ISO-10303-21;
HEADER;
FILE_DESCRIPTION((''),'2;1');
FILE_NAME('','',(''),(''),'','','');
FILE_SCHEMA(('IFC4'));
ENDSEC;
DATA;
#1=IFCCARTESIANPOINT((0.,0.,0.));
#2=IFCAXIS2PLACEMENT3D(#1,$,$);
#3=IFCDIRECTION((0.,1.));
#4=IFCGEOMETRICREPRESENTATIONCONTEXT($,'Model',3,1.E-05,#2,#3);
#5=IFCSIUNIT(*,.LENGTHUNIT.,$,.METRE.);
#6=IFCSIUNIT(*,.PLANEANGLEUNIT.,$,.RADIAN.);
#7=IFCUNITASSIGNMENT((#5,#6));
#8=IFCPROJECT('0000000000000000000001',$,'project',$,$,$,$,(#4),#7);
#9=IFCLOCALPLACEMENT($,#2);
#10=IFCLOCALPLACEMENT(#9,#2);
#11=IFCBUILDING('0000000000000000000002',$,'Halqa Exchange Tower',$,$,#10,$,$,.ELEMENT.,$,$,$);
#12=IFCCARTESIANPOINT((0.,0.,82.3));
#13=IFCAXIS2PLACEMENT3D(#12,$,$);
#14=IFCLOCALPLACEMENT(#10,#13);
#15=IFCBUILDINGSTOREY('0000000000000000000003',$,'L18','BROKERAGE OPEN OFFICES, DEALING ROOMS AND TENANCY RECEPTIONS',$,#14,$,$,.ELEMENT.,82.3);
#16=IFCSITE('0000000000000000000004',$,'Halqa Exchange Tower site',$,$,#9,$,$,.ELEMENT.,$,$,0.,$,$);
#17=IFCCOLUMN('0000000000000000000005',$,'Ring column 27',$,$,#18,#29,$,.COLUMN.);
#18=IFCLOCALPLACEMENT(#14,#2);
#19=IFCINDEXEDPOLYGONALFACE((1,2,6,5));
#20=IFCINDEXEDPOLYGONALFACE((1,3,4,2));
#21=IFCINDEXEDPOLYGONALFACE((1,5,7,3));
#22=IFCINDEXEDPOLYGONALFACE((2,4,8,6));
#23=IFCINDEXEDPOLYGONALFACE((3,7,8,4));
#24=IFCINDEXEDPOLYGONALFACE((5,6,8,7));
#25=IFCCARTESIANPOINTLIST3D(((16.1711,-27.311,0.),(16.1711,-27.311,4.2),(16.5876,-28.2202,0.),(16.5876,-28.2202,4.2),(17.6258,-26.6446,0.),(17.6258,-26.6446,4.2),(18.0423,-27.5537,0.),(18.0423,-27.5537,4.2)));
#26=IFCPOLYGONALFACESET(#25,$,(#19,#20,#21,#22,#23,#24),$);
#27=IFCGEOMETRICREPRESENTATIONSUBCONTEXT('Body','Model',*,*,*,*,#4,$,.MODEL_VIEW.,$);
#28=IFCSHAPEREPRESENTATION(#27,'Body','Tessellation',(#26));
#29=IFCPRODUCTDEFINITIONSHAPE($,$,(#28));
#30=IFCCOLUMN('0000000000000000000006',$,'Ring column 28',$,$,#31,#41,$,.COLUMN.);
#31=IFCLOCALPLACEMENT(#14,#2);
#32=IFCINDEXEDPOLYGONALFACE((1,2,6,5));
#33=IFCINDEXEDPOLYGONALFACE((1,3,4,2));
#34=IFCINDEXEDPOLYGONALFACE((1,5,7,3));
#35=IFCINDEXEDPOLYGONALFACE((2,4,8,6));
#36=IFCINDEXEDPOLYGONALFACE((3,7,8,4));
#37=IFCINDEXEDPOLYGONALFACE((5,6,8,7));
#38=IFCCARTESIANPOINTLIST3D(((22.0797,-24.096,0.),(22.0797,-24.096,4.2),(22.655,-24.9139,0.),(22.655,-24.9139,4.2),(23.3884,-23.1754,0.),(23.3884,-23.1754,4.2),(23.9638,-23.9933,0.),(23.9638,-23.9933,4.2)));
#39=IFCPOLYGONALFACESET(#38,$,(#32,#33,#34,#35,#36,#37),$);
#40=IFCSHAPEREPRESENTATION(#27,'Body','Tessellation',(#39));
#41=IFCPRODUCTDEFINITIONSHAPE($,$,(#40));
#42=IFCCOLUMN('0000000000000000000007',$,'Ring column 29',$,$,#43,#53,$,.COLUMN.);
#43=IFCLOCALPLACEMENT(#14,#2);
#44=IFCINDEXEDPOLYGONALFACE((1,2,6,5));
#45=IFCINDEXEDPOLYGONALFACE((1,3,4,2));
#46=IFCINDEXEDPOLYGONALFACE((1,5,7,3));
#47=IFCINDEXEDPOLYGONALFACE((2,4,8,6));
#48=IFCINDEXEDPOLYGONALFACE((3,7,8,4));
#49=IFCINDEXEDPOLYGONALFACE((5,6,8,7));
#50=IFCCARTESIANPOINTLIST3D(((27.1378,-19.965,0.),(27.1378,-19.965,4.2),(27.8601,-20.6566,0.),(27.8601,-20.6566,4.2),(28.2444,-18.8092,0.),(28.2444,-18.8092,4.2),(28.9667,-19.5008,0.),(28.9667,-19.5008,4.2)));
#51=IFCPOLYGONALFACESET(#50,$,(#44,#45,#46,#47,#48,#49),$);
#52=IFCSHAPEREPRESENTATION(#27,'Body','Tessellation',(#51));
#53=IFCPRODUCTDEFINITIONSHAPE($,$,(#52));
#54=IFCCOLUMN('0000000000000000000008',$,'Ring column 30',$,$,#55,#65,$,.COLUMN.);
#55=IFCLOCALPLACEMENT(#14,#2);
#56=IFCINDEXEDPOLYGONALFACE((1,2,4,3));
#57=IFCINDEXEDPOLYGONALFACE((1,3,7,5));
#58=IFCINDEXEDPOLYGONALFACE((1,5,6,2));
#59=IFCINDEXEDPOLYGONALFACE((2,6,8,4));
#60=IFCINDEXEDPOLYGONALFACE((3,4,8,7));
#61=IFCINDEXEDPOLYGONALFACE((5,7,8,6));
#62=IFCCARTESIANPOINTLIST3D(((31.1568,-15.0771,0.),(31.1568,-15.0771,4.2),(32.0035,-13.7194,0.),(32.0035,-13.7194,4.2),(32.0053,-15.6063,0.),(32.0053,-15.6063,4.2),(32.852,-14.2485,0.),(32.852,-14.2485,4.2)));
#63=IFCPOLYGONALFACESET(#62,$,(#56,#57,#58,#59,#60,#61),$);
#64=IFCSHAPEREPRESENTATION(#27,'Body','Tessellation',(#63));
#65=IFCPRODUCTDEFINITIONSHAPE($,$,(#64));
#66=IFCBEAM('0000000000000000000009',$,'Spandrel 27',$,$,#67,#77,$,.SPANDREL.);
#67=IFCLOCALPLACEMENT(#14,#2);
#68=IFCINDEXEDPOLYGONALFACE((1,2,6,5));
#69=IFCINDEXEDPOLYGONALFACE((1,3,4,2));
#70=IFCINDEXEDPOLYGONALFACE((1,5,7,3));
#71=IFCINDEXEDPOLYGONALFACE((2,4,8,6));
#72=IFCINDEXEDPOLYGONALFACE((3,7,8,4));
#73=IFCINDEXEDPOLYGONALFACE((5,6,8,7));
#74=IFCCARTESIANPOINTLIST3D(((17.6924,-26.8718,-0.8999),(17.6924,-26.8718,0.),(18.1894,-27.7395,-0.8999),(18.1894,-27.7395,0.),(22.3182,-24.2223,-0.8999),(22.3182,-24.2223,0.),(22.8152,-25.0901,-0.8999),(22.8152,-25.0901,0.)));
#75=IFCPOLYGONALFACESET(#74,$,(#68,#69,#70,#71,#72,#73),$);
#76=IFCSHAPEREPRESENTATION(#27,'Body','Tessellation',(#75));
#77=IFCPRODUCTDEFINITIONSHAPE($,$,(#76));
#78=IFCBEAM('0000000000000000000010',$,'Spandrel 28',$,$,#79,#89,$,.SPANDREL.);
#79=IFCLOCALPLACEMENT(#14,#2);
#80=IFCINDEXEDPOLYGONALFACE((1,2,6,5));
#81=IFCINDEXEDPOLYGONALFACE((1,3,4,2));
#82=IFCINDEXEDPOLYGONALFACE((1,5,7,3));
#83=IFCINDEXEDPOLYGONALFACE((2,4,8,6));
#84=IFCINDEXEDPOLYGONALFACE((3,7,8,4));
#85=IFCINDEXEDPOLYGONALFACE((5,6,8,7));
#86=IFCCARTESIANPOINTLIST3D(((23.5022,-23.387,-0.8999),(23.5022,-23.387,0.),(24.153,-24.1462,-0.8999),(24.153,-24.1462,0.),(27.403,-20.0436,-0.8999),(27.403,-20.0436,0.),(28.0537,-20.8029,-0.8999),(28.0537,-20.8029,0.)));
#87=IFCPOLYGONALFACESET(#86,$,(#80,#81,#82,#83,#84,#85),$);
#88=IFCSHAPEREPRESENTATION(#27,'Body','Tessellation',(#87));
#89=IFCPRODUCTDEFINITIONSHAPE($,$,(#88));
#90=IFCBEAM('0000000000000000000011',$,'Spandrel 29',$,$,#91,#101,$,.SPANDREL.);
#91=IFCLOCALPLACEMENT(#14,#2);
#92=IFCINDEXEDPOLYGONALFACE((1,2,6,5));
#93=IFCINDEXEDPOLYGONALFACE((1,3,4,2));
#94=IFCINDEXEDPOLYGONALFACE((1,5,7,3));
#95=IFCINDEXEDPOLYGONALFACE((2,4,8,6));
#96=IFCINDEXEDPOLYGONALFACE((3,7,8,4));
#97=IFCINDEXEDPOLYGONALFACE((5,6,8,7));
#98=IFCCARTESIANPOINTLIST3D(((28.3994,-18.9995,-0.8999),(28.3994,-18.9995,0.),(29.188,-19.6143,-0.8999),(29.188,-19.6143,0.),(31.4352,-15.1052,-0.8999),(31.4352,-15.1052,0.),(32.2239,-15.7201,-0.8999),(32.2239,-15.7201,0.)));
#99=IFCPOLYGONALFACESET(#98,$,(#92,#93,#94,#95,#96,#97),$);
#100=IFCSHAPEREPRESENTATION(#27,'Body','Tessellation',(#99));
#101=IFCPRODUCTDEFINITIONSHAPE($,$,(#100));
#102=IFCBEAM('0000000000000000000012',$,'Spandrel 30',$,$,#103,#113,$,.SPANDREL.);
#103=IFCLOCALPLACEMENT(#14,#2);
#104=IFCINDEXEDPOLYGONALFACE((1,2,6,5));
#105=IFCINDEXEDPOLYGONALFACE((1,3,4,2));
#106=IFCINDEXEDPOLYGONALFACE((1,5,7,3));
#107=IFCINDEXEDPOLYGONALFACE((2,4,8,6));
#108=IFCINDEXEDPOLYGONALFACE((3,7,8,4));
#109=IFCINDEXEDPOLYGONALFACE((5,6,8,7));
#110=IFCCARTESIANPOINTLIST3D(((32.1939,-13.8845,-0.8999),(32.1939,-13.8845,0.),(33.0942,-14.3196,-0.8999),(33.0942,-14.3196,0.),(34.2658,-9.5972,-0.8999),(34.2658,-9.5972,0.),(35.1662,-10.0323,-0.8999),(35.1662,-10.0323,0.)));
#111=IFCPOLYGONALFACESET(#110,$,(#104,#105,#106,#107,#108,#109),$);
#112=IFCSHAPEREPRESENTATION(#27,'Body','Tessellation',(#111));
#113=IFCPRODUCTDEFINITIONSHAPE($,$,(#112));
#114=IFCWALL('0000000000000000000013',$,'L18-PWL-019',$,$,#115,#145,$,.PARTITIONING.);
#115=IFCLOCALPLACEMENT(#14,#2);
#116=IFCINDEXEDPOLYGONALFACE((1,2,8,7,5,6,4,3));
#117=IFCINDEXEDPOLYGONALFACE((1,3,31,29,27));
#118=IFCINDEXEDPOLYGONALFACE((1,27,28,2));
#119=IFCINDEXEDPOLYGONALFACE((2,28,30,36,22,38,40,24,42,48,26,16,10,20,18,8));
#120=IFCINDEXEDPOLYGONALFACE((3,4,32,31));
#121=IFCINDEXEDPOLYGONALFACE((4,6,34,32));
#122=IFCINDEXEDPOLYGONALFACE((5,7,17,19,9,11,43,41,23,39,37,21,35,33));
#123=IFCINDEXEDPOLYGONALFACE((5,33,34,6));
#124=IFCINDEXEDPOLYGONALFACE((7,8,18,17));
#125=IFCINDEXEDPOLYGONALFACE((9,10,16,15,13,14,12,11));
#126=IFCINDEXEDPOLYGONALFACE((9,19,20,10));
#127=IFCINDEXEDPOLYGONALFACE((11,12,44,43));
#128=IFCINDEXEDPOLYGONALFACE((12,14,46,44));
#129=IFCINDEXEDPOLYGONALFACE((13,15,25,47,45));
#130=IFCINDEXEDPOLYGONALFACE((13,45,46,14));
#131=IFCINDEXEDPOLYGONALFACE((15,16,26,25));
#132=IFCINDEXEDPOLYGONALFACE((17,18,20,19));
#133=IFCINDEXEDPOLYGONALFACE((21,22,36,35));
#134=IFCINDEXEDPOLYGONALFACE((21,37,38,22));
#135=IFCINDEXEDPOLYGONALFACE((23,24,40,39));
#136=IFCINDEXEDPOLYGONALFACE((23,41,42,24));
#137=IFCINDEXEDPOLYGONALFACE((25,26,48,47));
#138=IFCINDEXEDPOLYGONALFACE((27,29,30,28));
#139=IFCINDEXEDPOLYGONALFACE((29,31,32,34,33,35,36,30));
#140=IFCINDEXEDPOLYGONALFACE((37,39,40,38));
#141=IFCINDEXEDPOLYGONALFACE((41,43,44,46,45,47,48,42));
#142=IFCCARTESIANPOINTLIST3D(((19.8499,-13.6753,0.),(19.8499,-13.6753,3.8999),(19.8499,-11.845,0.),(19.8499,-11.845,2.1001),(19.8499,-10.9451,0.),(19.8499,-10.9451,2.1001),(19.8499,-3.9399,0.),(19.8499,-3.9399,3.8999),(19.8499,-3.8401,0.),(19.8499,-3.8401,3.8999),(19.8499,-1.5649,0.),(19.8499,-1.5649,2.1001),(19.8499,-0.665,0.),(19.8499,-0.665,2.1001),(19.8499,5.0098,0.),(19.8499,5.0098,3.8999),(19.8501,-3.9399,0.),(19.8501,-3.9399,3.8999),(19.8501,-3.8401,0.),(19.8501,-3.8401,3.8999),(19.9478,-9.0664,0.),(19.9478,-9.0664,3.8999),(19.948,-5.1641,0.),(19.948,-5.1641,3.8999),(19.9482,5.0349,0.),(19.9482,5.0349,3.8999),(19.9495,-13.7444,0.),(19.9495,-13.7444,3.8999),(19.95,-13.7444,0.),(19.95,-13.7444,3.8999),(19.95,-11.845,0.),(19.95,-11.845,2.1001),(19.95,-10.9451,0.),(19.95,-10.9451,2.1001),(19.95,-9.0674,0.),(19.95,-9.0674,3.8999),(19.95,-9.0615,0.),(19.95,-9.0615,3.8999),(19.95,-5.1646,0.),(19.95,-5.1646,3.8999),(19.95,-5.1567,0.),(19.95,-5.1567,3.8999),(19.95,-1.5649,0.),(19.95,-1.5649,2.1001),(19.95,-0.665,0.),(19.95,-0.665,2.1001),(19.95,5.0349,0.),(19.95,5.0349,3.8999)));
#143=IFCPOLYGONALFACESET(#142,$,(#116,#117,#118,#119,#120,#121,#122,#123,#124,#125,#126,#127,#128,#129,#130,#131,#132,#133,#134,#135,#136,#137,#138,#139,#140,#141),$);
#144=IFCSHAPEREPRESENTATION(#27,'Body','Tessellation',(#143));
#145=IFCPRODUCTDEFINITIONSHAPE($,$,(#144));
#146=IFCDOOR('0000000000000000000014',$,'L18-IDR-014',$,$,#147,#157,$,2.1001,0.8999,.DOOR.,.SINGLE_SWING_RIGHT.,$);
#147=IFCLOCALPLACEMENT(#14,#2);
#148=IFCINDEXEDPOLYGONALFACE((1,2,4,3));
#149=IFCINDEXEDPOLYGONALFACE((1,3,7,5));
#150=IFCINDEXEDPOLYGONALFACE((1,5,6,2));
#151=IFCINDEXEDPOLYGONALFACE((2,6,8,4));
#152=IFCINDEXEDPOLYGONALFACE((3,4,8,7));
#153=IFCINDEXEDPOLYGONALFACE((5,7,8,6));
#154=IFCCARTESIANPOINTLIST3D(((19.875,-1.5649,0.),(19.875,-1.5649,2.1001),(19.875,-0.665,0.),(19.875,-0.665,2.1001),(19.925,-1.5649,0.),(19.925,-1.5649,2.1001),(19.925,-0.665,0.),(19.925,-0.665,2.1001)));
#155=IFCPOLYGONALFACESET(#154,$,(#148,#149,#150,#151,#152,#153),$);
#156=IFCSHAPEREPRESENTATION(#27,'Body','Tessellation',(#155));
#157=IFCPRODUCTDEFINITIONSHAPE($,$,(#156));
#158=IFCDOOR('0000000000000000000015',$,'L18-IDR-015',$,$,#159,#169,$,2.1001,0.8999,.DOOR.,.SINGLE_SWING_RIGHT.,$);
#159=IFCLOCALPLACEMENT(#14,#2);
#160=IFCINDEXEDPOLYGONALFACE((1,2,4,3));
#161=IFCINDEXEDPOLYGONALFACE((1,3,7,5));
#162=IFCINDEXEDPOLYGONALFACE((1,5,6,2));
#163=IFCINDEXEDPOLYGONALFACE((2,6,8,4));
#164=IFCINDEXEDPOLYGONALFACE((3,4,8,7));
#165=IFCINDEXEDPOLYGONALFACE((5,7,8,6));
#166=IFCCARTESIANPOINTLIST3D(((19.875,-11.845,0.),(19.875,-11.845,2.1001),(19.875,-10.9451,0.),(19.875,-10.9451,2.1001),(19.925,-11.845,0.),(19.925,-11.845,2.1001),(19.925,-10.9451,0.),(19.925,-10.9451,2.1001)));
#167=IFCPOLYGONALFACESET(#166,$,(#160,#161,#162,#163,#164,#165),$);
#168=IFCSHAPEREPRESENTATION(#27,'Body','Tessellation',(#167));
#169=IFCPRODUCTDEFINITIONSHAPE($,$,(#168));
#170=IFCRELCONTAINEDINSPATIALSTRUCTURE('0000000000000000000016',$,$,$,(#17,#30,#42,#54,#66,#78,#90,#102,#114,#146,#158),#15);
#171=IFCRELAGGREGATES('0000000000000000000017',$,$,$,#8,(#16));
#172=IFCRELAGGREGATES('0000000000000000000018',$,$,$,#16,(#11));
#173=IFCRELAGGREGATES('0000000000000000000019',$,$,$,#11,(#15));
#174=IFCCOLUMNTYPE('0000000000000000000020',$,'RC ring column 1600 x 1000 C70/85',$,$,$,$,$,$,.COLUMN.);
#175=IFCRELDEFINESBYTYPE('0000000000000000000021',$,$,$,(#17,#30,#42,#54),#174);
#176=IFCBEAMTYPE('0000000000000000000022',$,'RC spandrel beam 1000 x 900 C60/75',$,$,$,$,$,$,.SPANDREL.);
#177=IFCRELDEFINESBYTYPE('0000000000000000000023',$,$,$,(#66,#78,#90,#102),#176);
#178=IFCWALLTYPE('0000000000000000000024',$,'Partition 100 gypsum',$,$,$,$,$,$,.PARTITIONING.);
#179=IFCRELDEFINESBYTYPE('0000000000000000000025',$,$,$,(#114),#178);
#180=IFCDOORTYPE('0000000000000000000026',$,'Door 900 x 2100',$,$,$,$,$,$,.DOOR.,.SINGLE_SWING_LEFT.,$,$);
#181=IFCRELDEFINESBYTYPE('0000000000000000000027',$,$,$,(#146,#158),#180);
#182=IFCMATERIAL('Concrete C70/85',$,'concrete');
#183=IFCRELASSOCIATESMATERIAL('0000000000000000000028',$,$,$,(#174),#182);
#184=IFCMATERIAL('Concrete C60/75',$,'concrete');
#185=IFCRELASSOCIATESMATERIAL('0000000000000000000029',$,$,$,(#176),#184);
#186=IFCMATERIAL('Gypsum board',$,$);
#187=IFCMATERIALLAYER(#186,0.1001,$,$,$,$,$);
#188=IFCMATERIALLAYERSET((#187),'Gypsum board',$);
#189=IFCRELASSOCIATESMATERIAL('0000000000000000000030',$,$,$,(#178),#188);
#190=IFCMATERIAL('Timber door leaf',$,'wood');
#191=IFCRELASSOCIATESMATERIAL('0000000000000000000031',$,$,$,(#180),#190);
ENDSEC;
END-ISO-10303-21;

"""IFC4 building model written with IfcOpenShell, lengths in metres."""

from ifc_helpers import new_model, si_unit, direction, frame, frame_2d, origin, origin_2d, place, context, subcontext, project, spatial, polyline, rectangle, outline, extrude, material, layer, layer_set, material_profile, profile_set, type_object, element, fill, save


model = new_model("IFC4")

# Units and contexts
model_context = context("Model", 3, precision=1e-05, world=origin(), true_north=direction((0.0, 1.0)))
body_context = subcontext(model_context, "Body", "Model", "MODEL_VIEW")
ifc_project = project(units=[si_unit("LENGTHUNIT", "METRE"), si_unit("PLANEANGLEUNIT", "RADIAN")], contexts=[model_context])

# Site, building, storey
site_placement = place(None, origin())
site = spatial("IfcSite", under=ifc_project, at=site_placement, Name="Halqa Exchange Tower site", CompositionType="ELEMENT", RefElevation=0.0)
building_placement = place(site_placement, origin())
building = spatial("IfcBuilding", under=site, at=building_placement, Name="Halqa Exchange Tower", CompositionType="ELEMENT")
storey_placement = place(building_placement, frame((0.0, 0.0, 82.3)))
storey = spatial("IfcBuildingStorey", under=building, at=storey_placement, Name="L18", Description="BROKERAGE OPEN OFFICES, DEALING ROOMS AND TENANCY RECEPTIONS", CompositionType="ELEMENT", Elevation=82.3)

# Columns
ifc_material_1 = material(Name="Concrete C70/85", Category="concrete")
ifc_material_profile_1 = material_profile(ifc_material_1, rectangle(XDim=1.6001, YDim=1.0, at=origin_2d()), Name="1600 x 1000")
ifc_profile_set_1 = profile_set([ifc_material_profile_1], Name="Concrete C70/85")
column_type = type_object("IfcColumnType", Name="RC ring column 1600 x 1000 C70/85", PredefinedType="COLUMN", material=ifc_profile_set_1)
for number, where, z_axis, x_axis, name in (
    (1, (17.1067, -27.4324, 0.0), (0.0, 0.0, 1.0), (0.909126, 0.41652, 0.0), "Ring column 27"),
    (2, (23.0217, -24.0447, 0.0), (0.0, 0.0, 1.0), (0.817909, 0.575348, 0.0), "Ring column 28"),
    (3, (28.0522, -19.7329, 0.0), (0.0, 0.0, 1.0), (0.691576, 0.722304, 0.0), "Ring column 29"),
    (4, (32.0044, -14.6628, 0.0), (0.0, 0.0, 1.0), (0.52914, 0.848534, 0.0), "Ring column 30"),
):
    element("IfcColumn", number, at=place(storey_placement, frame(where, z_axis=z_axis, x_axis=x_axis)), inside=storey, type_object=column_type, Name=name, PredefinedType="COLUMN", context=body_context, shape_type="SweptSolid", body=[
        extrude(rectangle(XDim=1.6001, YDim=1.0, at=origin_2d()), origin(), (0.0, 0.0, 1.0), 4.2),
    ])

# Beams
ifc_material_2 = material(Name="Concrete C60/75", Category="concrete")
ifc_material_profile_2 = material_profile(ifc_material_2, rectangle(XDim=1.0, YDim=0.8999, at=origin_2d()), Name="1000 x 900")
ifc_profile_set_2 = profile_set([ifc_material_profile_2], Name="Concrete C60/75")
beam_type = type_object("IfcBeamType", Name="RC spandrel beam 1000 x 900 C60/75", PredefinedType="SPANDREL", material=ifc_profile_set_2)
beam_1_placement = place(storey_placement, frame((17.9409, -27.3057, -0.45), z_axis=(0.867747, 0.497007, 0.0), x_axis=(-0.497007, 0.867747, 0.0)))
element("IfcBeam", 5, at=beam_1_placement, inside=storey, type_object=beam_type, Name="Spandrel 27", PredefinedType="SPANDREL", context=body_context, shape_type="SweptSolid", body=[
    extrude(rectangle(XDim=1.0, YDim=0.8999, at=origin_2d()), origin(), (0.0, 0.0, 1.0), 5.3308),
])
beam_2_placement = place(storey_placement, frame((23.8276, -23.7666, -0.45), z_axis=(0.75927, 0.650776, 0.0), x_axis=(-0.650776, 0.75927, 0.0)))
element("IfcBeam", 6, at=beam_2_placement, inside=storey, type_object=beam_type, Name="Spandrel 28", PredefinedType="SPANDREL", context=body_context, shape_type="SweptSolid", body=[
    extrude(rectangle(XDim=1.0, YDim=0.8999, at=origin_2d()), origin(), (0.0, 0.0, 1.0), 5.1375),
])
beam_3_placement = place(storey_placement, frame((28.7937, -19.3069, -0.45), z_axis=(0.614823, 0.788665, 0.0), x_axis=(-0.788665, 0.614823, 0.0)))
element("IfcBeam", 7, at=beam_3_placement, inside=storey, type_object=beam_type, Name="Spandrel 29", PredefinedType="SPANDREL", context=body_context, shape_type="SweptSolid", body=[
    extrude(rectangle(XDim=1.0, YDim=0.8999, at=origin_2d()), origin(), (0.0, 0.0, 1.0), 4.9377),
])
beam_4_placement = place(storey_placement, frame((32.644, -14.1021, -0.45), z_axis=(0.435135, 0.900365, 0.0), x_axis=(-0.900365, 0.435135, 0.0)))
element("IfcBeam", 8, at=beam_4_placement, inside=storey, type_object=beam_type, Name="Spandrel 30", PredefinedType="SPANDREL", context=body_context, shape_type="SweptSolid", body=[
    extrude(rectangle(XDim=1.0, YDim=0.8999, at=origin_2d()), origin(), (0.0, 0.0, 1.0), 4.7617),
])

# Wall, openings, doors
ifc_material_3 = material(Name="Gypsum board")
ifc_layer_1 = layer(ifc_material_3, 0.1001)
ifc_layer_set_1 = layer_set([ifc_layer_1], Name="Gypsum board")
wall_type_1 = type_object("IfcWallType", Name="Partition 100 gypsum", PredefinedType="PARTITIONING", material=ifc_layer_set_1)
wall_1_placement = place(storey_placement, frame((19.8999, -13.7444, 0.0), z_axis=(0.0, 0.0, 1.0), x_axis=(0.0, 1.0, 0.0)))
wall_1 = element("IfcWall", 9, at=wall_1_placement, inside=storey, type_object=wall_type_1, Name="L18-PWL-019", PredefinedType="PARTITIONING", context=body_context, shape_type="SweptSolid", body=[
    extrude(outline(polyline([(0.0, -0.05), (1.5591, -0.05), (3.1179, -0.05), (4.677, -0.05), (4.678, -0.0479), (4.6829, -0.05), (6.6313, -0.05), (8.5798, -0.05), (8.5803, -0.0481), (8.5876, -0.05), (10.2861, -0.05), (11.9849, -0.05), (13.6833, -0.05), (15.3821, -0.05), (17.0806, -0.05), (18.7793, -0.05), (18.7793, -0.0483), (18.7542, 0.05), (16.9841, 0.05), (15.2141, 0.05), (13.4443, 0.05), (11.6743, 0.05), (9.9043, 0.05), (9.9043, 0.0498), (9.8044, 0.0498), (9.8044, 0.05), (7.8574, 0.05), (5.9102, 0.05), (3.9631, 0.05), (2.0161, 0.05), (0.0691, 0.05), (0.0, -0.0496), (0.0, -0.05)])), origin(), (0.0, 0.0, 1.0), 3.8999),
])
opening_1_placement = place(wall_1_placement, frame((12.1794, 0.0, 0.0)))
opening_1 = element("IfcOpeningElement", 10, at=opening_1_placement, cuts=wall_1, PredefinedType="OPENING", context=body_context, shape_type="SweptSolid", body=[
    extrude(rectangle(XDim=0.8999, YDim=2.1001, at=frame_2d((0.45, 1.05))), frame((0.0, 0.062, 0.0), z_axis=(0.0, -1.0, 0.0), x_axis=(1.0, 0.0, 0.0)), (0.0, 0.0, 1.0), 0.124),
])
opening_2_placement = place(wall_1_placement, frame((1.8994, 0.0, 0.0)))
opening_2 = element("IfcOpeningElement", 11, at=opening_2_placement, cuts=wall_1, PredefinedType="OPENING", context=body_context, shape_type="SweptSolid", body=[
    extrude(rectangle(XDim=0.8999, YDim=2.1001, at=frame_2d((0.45, 1.05))), frame((0.0, 0.062, 0.0), z_axis=(0.0, -1.0, 0.0), x_axis=(1.0, 0.0, 0.0)), (0.0, 0.0, 1.0), 0.124),
])
ifc_material_4 = material(Name="Timber door leaf", Category="wood")
door_type_1 = type_object("IfcDoorType", Name="Door 900 x 2100", OperationType="SINGLE_SWING_LEFT", PredefinedType="DOOR", material=ifc_material_4)
door_1_placement = place(opening_1_placement, origin())
door_1 = element("IfcDoor", 12, at=door_1_placement, inside=storey, type_object=door_type_1, Name="L18-IDR-014", OperationType="SINGLE_SWING_RIGHT", OverallHeight=2.1001, OverallWidth=0.8999, PredefinedType="DOOR", context=body_context, shape_type="SweptSolid", body=[
    extrude(rectangle(XDim=0.8999, YDim=2.1001, at=frame_2d((0.45, 1.05))), frame((0.0, 0.0249, 0.0), z_axis=(0.0, -1.0, 0.0), x_axis=(1.0, 0.0, 0.0)), (0.0, 0.0, 1.0), 0.05),
])
fill(opening_1, door_1)
door_2_placement = place(opening_2_placement, origin())
door_2 = element("IfcDoor", 13, at=door_2_placement, inside=storey, type_object=door_type_1, Name="L18-IDR-015", OperationType="SINGLE_SWING_RIGHT", OverallHeight=2.1001, OverallWidth=0.8999, PredefinedType="DOOR", context=body_context, shape_type="SweptSolid", body=[
    extrude(rectangle(XDim=0.8999, YDim=2.1001, at=frame_2d((0.45, 1.05))), frame((0.0, 0.0249, 0.0), z_axis=(0.0, -1.0, 0.0), x_axis=(1.0, 0.0, 0.0)), (0.0, 0.0, 1.0), 0.05),
])
fill(opening_2, door_2)

save(model, "model.ifc")
